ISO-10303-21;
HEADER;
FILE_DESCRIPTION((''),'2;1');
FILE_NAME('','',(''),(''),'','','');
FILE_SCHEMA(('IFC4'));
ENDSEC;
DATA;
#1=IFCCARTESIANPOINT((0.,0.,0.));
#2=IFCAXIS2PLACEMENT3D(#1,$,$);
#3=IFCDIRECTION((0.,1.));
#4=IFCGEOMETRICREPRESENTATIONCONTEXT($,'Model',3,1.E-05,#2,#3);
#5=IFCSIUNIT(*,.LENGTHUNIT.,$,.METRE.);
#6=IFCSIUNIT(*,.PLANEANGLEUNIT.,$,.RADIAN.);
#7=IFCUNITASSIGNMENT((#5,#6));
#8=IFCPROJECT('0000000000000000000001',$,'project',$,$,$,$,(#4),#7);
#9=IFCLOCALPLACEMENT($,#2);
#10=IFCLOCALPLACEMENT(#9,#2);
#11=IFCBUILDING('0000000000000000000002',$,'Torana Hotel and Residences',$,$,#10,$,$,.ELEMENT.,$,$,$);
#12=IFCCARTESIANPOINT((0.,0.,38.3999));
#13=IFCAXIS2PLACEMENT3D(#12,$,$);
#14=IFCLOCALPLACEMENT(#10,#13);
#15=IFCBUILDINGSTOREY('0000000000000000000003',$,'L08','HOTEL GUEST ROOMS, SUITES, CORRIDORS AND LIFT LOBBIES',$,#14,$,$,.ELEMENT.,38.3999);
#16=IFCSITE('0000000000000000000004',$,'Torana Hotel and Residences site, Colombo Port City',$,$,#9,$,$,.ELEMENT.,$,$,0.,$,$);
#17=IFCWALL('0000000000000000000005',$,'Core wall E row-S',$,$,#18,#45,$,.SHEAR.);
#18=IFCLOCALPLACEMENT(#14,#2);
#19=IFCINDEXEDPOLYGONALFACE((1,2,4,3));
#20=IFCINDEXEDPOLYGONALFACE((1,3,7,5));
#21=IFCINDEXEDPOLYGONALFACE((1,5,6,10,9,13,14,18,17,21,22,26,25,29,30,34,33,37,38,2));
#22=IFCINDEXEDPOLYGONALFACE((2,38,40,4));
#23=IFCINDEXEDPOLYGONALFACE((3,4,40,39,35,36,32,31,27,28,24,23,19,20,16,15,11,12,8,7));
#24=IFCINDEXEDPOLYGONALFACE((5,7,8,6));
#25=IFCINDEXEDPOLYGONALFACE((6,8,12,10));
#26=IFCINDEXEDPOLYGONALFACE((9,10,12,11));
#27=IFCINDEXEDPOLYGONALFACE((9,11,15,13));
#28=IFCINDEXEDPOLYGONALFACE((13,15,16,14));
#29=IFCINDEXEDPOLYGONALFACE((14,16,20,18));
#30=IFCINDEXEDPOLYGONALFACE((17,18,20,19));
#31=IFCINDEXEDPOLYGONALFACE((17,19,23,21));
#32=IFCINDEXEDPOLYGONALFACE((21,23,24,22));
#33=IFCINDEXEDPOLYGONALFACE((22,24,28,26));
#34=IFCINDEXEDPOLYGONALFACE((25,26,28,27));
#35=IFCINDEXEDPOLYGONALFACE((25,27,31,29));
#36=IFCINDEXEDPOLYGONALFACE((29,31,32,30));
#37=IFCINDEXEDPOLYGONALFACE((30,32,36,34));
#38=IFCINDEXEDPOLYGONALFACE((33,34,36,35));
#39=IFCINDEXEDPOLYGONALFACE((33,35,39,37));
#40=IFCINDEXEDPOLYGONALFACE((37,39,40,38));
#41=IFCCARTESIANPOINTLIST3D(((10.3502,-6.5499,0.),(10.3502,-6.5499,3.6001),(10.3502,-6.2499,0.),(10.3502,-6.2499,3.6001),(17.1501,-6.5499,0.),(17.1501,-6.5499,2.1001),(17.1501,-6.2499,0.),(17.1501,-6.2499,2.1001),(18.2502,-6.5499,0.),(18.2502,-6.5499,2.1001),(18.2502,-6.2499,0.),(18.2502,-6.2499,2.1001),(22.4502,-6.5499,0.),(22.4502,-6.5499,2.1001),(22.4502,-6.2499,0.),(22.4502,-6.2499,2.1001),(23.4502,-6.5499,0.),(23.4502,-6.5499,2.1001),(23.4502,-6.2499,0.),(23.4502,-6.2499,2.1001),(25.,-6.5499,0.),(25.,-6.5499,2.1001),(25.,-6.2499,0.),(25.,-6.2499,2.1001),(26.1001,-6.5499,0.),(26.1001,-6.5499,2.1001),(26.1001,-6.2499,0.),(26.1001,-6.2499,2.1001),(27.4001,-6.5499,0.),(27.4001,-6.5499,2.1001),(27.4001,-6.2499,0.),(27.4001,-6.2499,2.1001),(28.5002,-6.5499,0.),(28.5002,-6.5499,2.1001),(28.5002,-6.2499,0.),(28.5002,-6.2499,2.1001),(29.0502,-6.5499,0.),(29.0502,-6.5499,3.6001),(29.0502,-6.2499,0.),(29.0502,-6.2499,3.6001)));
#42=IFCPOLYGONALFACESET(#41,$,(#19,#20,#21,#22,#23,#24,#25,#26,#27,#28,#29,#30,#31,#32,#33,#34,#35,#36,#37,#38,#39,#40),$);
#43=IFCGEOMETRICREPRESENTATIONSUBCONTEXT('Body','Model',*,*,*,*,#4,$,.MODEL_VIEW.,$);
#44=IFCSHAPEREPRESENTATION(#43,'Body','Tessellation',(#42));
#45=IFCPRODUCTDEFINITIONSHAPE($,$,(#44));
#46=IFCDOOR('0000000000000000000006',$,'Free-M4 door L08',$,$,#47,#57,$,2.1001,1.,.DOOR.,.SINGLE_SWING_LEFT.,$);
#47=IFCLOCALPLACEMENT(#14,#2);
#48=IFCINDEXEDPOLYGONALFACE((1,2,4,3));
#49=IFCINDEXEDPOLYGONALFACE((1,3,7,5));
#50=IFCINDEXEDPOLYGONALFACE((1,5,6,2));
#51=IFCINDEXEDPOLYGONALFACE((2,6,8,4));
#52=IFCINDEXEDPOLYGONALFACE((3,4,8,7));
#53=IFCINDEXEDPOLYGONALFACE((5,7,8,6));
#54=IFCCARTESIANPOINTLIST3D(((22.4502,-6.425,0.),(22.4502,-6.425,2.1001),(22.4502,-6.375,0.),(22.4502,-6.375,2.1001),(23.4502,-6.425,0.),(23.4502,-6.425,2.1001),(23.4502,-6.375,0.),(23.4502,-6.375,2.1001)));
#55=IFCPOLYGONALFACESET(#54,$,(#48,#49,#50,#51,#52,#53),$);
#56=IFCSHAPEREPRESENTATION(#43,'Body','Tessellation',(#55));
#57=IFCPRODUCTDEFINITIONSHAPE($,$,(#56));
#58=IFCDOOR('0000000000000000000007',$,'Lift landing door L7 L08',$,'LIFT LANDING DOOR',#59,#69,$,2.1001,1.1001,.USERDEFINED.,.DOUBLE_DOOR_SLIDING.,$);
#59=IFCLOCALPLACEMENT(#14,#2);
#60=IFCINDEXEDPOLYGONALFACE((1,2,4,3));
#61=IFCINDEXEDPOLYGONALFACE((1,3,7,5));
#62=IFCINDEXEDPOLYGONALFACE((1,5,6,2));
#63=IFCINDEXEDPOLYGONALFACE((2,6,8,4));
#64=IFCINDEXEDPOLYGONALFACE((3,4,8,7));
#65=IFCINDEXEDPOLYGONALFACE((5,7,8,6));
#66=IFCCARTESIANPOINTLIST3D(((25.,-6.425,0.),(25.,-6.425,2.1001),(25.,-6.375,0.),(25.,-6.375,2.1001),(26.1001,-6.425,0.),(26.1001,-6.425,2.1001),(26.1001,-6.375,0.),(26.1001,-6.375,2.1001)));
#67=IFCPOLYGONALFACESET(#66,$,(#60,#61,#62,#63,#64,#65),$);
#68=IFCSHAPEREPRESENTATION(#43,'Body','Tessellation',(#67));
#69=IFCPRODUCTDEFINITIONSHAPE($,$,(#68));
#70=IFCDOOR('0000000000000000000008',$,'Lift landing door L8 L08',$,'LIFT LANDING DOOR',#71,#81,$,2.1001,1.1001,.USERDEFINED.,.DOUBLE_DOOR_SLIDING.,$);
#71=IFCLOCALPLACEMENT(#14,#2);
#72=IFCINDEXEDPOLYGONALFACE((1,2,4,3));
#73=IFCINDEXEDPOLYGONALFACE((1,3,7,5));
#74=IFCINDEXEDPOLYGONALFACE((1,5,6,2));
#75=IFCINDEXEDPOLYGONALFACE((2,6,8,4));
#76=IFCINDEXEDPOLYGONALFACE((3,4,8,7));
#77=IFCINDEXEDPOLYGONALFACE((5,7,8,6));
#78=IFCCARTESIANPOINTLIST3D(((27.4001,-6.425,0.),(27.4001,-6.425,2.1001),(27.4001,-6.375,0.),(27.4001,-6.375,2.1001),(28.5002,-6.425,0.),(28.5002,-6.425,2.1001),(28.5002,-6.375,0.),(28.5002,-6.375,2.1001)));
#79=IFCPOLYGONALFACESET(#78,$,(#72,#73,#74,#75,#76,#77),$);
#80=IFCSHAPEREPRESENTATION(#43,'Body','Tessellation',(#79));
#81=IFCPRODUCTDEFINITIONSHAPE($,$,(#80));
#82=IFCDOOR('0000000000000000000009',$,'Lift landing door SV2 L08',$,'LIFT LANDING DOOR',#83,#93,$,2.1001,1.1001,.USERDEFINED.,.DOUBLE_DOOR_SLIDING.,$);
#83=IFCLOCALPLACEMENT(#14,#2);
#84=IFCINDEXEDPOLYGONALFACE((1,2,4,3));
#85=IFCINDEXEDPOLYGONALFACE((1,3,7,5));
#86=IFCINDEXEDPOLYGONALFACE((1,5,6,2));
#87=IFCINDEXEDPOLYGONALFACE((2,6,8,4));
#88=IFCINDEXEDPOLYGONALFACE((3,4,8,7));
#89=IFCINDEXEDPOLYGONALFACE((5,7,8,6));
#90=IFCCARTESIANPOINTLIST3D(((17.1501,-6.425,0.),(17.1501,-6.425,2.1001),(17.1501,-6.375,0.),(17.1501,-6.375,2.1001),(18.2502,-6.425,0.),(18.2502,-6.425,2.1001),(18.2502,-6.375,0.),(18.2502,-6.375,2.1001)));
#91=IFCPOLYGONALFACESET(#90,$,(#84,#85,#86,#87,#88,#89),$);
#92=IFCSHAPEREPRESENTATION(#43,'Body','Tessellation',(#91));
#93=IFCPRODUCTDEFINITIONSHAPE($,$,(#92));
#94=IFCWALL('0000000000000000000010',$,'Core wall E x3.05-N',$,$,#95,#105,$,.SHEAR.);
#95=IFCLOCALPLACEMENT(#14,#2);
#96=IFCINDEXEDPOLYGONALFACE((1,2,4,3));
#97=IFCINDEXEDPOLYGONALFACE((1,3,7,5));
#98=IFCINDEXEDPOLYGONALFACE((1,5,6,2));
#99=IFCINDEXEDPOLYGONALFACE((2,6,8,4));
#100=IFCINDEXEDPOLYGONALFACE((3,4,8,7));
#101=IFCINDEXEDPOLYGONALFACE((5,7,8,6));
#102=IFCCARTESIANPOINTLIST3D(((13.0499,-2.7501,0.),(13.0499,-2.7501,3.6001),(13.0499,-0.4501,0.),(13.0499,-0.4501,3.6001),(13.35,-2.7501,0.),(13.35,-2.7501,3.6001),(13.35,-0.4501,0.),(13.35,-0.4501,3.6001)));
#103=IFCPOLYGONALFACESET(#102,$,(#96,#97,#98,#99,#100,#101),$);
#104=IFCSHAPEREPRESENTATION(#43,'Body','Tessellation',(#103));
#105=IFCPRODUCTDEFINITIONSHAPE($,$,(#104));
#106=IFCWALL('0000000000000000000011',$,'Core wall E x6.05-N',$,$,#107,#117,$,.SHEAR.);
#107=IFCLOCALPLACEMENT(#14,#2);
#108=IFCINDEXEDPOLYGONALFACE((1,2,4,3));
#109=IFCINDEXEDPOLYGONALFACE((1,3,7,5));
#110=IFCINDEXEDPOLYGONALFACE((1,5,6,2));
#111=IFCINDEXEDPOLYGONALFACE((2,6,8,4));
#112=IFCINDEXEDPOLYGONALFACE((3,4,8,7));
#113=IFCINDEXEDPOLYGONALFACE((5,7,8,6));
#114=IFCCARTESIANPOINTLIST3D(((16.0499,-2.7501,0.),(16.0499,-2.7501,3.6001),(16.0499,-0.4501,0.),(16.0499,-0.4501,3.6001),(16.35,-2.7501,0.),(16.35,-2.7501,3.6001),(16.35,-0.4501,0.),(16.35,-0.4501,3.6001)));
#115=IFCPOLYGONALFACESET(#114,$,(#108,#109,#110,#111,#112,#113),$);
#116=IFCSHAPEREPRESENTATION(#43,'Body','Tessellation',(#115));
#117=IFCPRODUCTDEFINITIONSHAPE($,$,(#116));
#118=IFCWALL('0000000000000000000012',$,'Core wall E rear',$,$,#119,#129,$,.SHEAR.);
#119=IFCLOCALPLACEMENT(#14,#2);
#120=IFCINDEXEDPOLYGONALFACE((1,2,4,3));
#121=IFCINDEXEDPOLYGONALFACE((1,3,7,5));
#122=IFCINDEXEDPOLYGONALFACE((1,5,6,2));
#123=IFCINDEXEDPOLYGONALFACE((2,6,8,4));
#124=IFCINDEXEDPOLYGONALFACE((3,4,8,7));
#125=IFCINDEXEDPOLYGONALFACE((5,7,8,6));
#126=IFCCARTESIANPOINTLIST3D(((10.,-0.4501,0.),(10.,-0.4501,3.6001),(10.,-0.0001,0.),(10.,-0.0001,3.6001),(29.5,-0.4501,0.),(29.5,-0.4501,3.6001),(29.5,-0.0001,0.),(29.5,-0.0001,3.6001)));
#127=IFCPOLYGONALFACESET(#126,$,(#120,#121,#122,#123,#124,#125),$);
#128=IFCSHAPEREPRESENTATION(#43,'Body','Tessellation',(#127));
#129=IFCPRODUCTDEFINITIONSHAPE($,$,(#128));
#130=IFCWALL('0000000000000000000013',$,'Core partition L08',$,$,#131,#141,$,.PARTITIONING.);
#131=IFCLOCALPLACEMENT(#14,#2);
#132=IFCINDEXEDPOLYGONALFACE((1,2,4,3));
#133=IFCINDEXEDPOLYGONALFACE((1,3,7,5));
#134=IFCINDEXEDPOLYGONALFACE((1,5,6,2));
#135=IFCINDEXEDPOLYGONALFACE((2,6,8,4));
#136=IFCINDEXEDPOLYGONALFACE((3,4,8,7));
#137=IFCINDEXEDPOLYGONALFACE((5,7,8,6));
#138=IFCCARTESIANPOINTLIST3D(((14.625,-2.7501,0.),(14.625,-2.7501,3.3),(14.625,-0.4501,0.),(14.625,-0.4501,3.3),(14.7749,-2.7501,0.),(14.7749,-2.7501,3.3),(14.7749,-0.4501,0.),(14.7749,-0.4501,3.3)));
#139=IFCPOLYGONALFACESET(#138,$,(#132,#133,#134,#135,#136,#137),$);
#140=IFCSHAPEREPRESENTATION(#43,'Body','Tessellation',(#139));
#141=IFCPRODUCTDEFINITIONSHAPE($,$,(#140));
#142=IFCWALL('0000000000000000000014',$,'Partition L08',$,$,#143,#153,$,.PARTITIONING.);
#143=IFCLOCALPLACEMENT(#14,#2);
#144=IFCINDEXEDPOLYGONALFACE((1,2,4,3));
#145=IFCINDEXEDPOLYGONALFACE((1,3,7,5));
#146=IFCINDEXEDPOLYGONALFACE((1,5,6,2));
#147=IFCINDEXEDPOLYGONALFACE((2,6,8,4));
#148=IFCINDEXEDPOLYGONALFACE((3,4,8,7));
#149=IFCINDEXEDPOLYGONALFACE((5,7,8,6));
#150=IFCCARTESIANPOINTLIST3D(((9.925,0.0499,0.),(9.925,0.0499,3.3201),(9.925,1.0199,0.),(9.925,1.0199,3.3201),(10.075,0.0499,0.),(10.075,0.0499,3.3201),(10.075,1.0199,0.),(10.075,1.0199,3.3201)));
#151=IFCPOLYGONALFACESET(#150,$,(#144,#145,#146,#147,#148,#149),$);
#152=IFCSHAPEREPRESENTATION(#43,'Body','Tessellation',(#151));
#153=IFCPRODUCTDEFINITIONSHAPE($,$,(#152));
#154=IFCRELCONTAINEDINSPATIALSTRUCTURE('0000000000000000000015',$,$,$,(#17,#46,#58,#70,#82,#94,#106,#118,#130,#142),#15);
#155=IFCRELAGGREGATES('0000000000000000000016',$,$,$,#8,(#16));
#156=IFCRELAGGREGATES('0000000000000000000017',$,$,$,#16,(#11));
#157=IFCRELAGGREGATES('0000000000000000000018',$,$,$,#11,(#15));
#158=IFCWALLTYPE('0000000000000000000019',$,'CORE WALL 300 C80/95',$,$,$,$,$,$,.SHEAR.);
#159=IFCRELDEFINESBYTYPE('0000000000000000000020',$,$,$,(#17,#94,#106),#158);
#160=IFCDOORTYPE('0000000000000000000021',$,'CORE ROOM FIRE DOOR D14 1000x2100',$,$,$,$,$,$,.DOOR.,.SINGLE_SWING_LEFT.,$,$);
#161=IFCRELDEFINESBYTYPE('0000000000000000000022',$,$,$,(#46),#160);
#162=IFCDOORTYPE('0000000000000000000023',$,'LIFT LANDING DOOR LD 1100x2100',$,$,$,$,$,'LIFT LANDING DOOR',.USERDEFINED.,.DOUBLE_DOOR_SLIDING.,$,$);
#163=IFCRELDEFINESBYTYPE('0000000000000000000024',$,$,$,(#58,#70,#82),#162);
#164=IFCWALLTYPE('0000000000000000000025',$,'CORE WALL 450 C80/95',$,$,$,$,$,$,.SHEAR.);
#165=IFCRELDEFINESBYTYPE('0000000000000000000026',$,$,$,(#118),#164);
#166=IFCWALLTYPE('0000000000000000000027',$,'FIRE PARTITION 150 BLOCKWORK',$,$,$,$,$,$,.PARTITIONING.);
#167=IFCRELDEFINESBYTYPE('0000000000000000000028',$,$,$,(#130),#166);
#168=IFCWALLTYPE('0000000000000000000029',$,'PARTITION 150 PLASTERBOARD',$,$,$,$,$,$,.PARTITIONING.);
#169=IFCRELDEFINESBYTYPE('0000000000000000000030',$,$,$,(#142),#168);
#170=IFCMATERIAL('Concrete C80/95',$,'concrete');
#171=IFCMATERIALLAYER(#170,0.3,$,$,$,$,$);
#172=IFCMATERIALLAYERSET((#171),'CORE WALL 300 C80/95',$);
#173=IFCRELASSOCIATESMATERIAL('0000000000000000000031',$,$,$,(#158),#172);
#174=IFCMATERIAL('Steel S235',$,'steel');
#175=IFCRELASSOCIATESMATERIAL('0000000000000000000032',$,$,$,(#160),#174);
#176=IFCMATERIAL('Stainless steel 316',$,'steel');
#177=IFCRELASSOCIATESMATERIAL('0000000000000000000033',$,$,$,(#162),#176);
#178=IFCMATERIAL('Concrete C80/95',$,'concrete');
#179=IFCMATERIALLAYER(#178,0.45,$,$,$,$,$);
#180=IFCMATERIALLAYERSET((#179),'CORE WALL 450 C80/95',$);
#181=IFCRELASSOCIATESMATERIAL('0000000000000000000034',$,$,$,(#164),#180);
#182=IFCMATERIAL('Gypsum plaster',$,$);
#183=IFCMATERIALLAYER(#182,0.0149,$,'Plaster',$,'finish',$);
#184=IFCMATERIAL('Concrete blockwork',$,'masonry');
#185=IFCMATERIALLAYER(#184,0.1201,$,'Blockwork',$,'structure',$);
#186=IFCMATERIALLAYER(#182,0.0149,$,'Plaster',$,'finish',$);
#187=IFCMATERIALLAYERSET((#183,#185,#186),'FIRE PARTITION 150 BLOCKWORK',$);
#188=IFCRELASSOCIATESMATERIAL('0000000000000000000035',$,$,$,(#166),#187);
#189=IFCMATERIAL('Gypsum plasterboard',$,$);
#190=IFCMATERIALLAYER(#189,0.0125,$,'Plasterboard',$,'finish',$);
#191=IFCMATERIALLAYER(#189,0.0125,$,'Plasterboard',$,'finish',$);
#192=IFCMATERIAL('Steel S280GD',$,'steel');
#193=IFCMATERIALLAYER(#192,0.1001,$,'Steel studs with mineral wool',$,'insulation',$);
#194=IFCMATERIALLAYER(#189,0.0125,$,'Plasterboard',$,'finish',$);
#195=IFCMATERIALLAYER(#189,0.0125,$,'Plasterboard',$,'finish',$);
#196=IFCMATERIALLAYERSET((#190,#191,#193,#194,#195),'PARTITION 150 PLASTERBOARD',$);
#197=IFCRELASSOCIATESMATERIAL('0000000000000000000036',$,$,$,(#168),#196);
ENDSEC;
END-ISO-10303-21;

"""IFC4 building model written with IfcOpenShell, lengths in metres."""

from ifc_helpers import new_model, si_unit, direction, frame, frame_2d, origin, place, context, subcontext, project, spatial, rectangle, extrude, material, layer, layer_set, type_object, element, fill, save


model = new_model("IFC4")

# Units and contexts
model_context = context("Model", 3, precision=1e-05, world=origin(), true_north=direction((0.0, 1.0)))
body_context = subcontext(model_context, "Body", "Model", "MODEL_VIEW")
ifc_project = project(units=[si_unit("LENGTHUNIT", "METRE"), si_unit("PLANEANGLEUNIT", "RADIAN")], contexts=[model_context])

# Site, building, storey
site_placement = place(None, origin())
site = spatial("IfcSite", under=ifc_project, at=site_placement, Name="Torana Hotel and Residences site, Colombo Port City", CompositionType="ELEMENT", RefElevation=0.0)
building_placement = place(site_placement, origin())
building = spatial("IfcBuilding", under=site, at=building_placement, Name="Torana Hotel and Residences", CompositionType="ELEMENT")
storey_placement = place(building_placement, frame((0.0, 0.0, 38.3999)))
storey = spatial("IfcBuildingStorey", under=building, at=storey_placement, Name="L08", Description="HOTEL GUEST ROOMS, SUITES, CORRIDORS AND LIFT LOBBIES", CompositionType="ELEMENT", Elevation=38.3999)

# Wall, openings, doors
ifc_material_1 = material(Name="Concrete C80/95", Category="concrete")
ifc_layer_1 = layer(ifc_material_1, 0.3)
ifc_layer_set_1 = layer_set([ifc_layer_1], Name="CORE WALL 300 C80/95")
wall_type_1 = type_object("IfcWallType", Name="CORE WALL 300 C80/95", PredefinedType="SHEAR", material=ifc_layer_set_1)
ifc_material_2 = material(Name="Steel S235", Category="steel")
door_type_1 = type_object("IfcDoorType", Name="CORE ROOM FIRE DOOR D14 1000x2100", OperationType="SINGLE_SWING_LEFT", PredefinedType="DOOR", material=ifc_material_2)
ifc_material_3 = material(Name="Stainless steel 316", Category="steel")
door_type_2 = type_object("IfcDoorType", Name="LIFT LANDING DOOR LD 1100x2100", ElementType="LIFT LANDING DOOR", OperationType="DOUBLE_DOOR_SLIDING", PredefinedType="USERDEFINED", material=ifc_material_3)
wall_1_placement = place(storey_placement, frame((10.3501, -6.3999, 0.0), z_axis=(0.0, 0.0, 1.0), x_axis=(1.0, 0.0, 0.0)))
wall_1 = element("IfcWall", 1, at=wall_1_placement, inside=storey, type_object=wall_type_1, Name="Core wall E row-S", PredefinedType="SHEAR", context=body_context, shape_type="SweptSolid", body=[
    extrude(rectangle(XDim=18.7, YDim=0.3, at=frame_2d((9.3501, 0.0))), origin(), (0.0, 0.0, 1.0), 3.6001),
])
opening_1_placement = place(wall_1_placement, frame((14.6499, 0.0, 0.0)))
opening_1 = element("IfcOpeningElement", 2, at=opening_1_placement, cuts=wall_1, PredefinedType="OPENING", context=body_context, shape_type="SweptSolid", body=[
    extrude(rectangle(XDim=1.1001, YDim=2.1001, at=frame_2d((0.55, 1.05))), frame((0.0, 0.1599, 0.0), z_axis=(0.0, -1.0, 0.0), x_axis=(1.0, 0.0, 0.0)), (0.0, 0.0, 1.0), 0.3201),
])
opening_2_placement = place(wall_1_placement, frame((17.05, 0.0, 0.0)))
opening_2 = element("IfcOpeningElement", 3, at=opening_2_placement, cuts=wall_1, PredefinedType="OPENING", context=body_context, shape_type="SweptSolid", body=[
    extrude(rectangle(XDim=1.1001, YDim=2.1001, at=frame_2d((0.55, 1.05))), frame((0.0, 0.1599, 0.0), z_axis=(0.0, -1.0, 0.0), x_axis=(1.0, 0.0, 0.0)), (0.0, 0.0, 1.0), 0.3201),
])
opening_3_placement = place(wall_1_placement, frame((6.8, 0.0, 0.0)))
opening_3 = element("IfcOpeningElement", 4, at=opening_3_placement, cuts=wall_1, PredefinedType="OPENING", context=body_context, shape_type="SweptSolid", body=[
    extrude(rectangle(XDim=1.1001, YDim=2.1001, at=frame_2d((0.55, 1.05))), frame((0.0, 0.1599, 0.0), z_axis=(0.0, -1.0, 0.0), x_axis=(1.0, 0.0, 0.0)), (0.0, 0.0, 1.0), 0.3201),
])
opening_4_placement = place(wall_1_placement, frame((12.1001, 0.0, 0.0)))
opening_4 = element("IfcOpeningElement", 5, at=opening_4_placement, cuts=wall_1, PredefinedType="OPENING", context=body_context, shape_type="SweptSolid", body=[
    extrude(rectangle(XDim=1.0, YDim=2.1001, at=frame_2d((0.5, 1.05))), frame((0.0, 0.1599, 0.0), z_axis=(0.0, -1.0, 0.0), x_axis=(1.0, 0.0, 0.0)), (0.0, 0.0, 1.0), 0.3201),
])
door_1_placement = place(opening_4_placement, frame((0.5, 0.0, 0.0), z_axis=(0.0, 0.0, 1.0), x_axis=(-1.0, 0.0, 0.0)))
door_1 = element("IfcDoor", 6, at=door_1_placement, inside=storey, type_object=door_type_1, Name="Free-M4 door L08", OperationType="SINGLE_SWING_LEFT", OverallHeight=2.1001, OverallWidth=1.0, PredefinedType="DOOR", context=body_context, shape_type="SweptSolid", body=[
    extrude(rectangle(XDim=1.0, YDim=2.1001, at=frame_2d((0.0, 1.05))), frame((0.0, -0.0249, 0.0), z_axis=(0.0, 1.0, 0.0), x_axis=(-1.0, 0.0, 0.0)), (0.0, 0.0, 1.0), 0.05),
])
fill(opening_4, door_1)
door_2_placement = place(opening_1_placement, origin())
door_2 = element("IfcDoor", 7, at=door_2_placement, inside=storey, type_object=door_type_2, Name="Lift landing door L7 L08", ObjectType="LIFT LANDING DOOR", OperationType="DOUBLE_DOOR_SLIDING", OverallHeight=2.1001, OverallWidth=1.1001, PredefinedType="USERDEFINED", context=body_context, shape_type="SweptSolid", body=[
    extrude(rectangle(XDim=1.1001, YDim=2.1001, at=frame_2d((0.55, 1.05))), frame((0.0, 0.0249, 0.0), z_axis=(0.0, -1.0, 0.0), x_axis=(1.0, 0.0, 0.0)), (0.0, 0.0, 1.0), 0.05),
])
fill(opening_1, door_2)
door_3_placement = place(opening_2_placement, origin())
door_3 = element("IfcDoor", 8, at=door_3_placement, inside=storey, type_object=door_type_2, Name="Lift landing door L8 L08", ObjectType="LIFT LANDING DOOR", OperationType="DOUBLE_DOOR_SLIDING", OverallHeight=2.1001, OverallWidth=1.1001, PredefinedType="USERDEFINED", context=body_context, shape_type="SweptSolid", body=[
    extrude(rectangle(XDim=1.1001, YDim=2.1001, at=frame_2d((0.55, 1.05))), frame((0.0, 0.0249, 0.0), z_axis=(0.0, -1.0, 0.0), x_axis=(1.0, 0.0, 0.0)), (0.0, 0.0, 1.0), 0.05),
])
fill(opening_2, door_3)
door_4_placement = place(opening_3_placement, origin())
door_4 = element("IfcDoor", 9, at=door_4_placement, inside=storey, type_object=door_type_2, Name="Lift landing door SV2 L08", ObjectType="LIFT LANDING DOOR", OperationType="DOUBLE_DOOR_SLIDING", OverallHeight=2.1001, OverallWidth=1.1001, PredefinedType="USERDEFINED", context=body_context, shape_type="SweptSolid", body=[
    extrude(rectangle(XDim=1.1001, YDim=2.1001, at=frame_2d((0.55, 1.05))), frame((0.0, 0.0249, 0.0), z_axis=(0.0, -1.0, 0.0), x_axis=(1.0, 0.0, 0.0)), (0.0, 0.0, 1.0), 0.05),
])
fill(opening_3, door_4)

# Walls
for number, where, z_axis, x_axis, name in (
    (10, (13.2, -2.75, 0.0), (0.0, 0.0, 1.0), (0.0, 1.0, 0.0), "Core wall E x3.05-N"),
    (11, (16.2, -2.75, 0.0), (0.0, 0.0, 1.0), (0.0, 1.0, 0.0), "Core wall E x6.05-N"),
):
    element("IfcWall", number, at=place(storey_placement, frame(where, z_axis=z_axis, x_axis=x_axis)), inside=storey, type_object=wall_type_1, Name=name, PredefinedType="SHEAR", context=body_context, shape_type="SweptSolid", body=[
        extrude(rectangle(XDim=2.3, YDim=0.3, at=frame_2d((1.1499, 0.0))), origin(), (0.0, 0.0, 1.0), 3.6001),
    ])
ifc_material_4 = material(Name="Concrete C80/95", Category="concrete")
ifc_layer_2 = layer(ifc_material_4, 0.45)
ifc_layer_set_2 = layer_set([ifc_layer_2], Name="CORE WALL 450 C80/95")
wall_type_2 = type_object("IfcWallType", Name="CORE WALL 450 C80/95", PredefinedType="SHEAR", material=ifc_layer_set_2)
wall_2_placement = place(storey_placement, frame((10.0, -0.2251, 0.0), z_axis=(0.0, 0.0, 1.0), x_axis=(1.0, 0.0, 0.0)))
element("IfcWall", 12, at=wall_2_placement, inside=storey, type_object=wall_type_2, Name="Core wall E rear", PredefinedType="SHEAR", context=body_context, shape_type="SweptSolid", body=[
    extrude(rectangle(XDim=19.5, YDim=0.45, at=frame_2d((9.75, 0.0))), origin(), (0.0, 0.0, 1.0), 3.6001),
])
ifc_material_5 = material(Name="Gypsum plaster")
ifc_layer_3 = layer(ifc_material_5, 0.0149, Name="Plaster", Category="finish")
ifc_material_6 = material(Name="Concrete blockwork", Category="masonry")
ifc_layer_4 = layer(ifc_material_6, 0.1201, Name="Blockwork", Category="structure")
ifc_layer_5 = layer(ifc_material_5, 0.0149, Name="Plaster", Category="finish")
ifc_layer_set_3 = layer_set([ifc_layer_3, ifc_layer_4, ifc_layer_5], Name="FIRE PARTITION 150 BLOCKWORK")
wall_type_3 = type_object("IfcWallType", Name="FIRE PARTITION 150 BLOCKWORK", PredefinedType="PARTITIONING", material=ifc_layer_set_3)
wall_3_placement = place(storey_placement, frame((14.7, -2.75, 0.0), z_axis=(0.0, 0.0, 1.0), x_axis=(0.0, 1.0, 0.0)))
element("IfcWall", 13, at=wall_3_placement, inside=storey, type_object=wall_type_3, Name="Core partition L08", PredefinedType="PARTITIONING", context=body_context, shape_type="SweptSolid", body=[
    extrude(rectangle(XDim=2.3, YDim=0.1499, at=frame_2d((1.1499, 0.0))), origin(), (0.0, 0.0, 1.0), 3.3),
])
ifc_material_7 = material(Name="Gypsum plasterboard")
ifc_layer_6 = layer(ifc_material_7, 0.0125, Name="Plasterboard", Category="finish")
ifc_layer_7 = layer(ifc_material_7, 0.0125, Name="Plasterboard", Category="finish")
ifc_material_8 = material(Name="Steel S280GD", Category="steel")
ifc_layer_8 = layer(ifc_material_8, 0.1001, Name="Steel studs with mineral wool", Category="insulation")
ifc_layer_9 = layer(ifc_material_7, 0.0125, Name="Plasterboard", Category="finish")
ifc_layer_10 = layer(ifc_material_7, 0.0125, Name="Plasterboard", Category="finish")
ifc_layer_set_4 = layer_set([ifc_layer_6, ifc_layer_7, ifc_layer_8, ifc_layer_9, ifc_layer_10], Name="PARTITION 150 PLASTERBOARD")
wall_type_4 = type_object("IfcWallType", Name="PARTITION 150 PLASTERBOARD", PredefinedType="PARTITIONING", material=ifc_layer_set_4)
wall_4_placement = place(storey_placement, frame((10.0, 0.05, 0.0), z_axis=(0.0, 0.0, 1.0), x_axis=(0.0, 1.0, 0.0)))
element("IfcWall", 14, at=wall_4_placement, inside=storey, type_object=wall_type_4, Name="Partition L08", PredefinedType="PARTITIONING", context=body_context, shape_type="SweptSolid", body=[
    extrude(rectangle(XDim=0.97, YDim=0.1499, at=frame_2d((0.4849, 0.0))), origin(), (0.0, 0.0, 1.0), 3.3201),
])

save(model, "model.ifc")
